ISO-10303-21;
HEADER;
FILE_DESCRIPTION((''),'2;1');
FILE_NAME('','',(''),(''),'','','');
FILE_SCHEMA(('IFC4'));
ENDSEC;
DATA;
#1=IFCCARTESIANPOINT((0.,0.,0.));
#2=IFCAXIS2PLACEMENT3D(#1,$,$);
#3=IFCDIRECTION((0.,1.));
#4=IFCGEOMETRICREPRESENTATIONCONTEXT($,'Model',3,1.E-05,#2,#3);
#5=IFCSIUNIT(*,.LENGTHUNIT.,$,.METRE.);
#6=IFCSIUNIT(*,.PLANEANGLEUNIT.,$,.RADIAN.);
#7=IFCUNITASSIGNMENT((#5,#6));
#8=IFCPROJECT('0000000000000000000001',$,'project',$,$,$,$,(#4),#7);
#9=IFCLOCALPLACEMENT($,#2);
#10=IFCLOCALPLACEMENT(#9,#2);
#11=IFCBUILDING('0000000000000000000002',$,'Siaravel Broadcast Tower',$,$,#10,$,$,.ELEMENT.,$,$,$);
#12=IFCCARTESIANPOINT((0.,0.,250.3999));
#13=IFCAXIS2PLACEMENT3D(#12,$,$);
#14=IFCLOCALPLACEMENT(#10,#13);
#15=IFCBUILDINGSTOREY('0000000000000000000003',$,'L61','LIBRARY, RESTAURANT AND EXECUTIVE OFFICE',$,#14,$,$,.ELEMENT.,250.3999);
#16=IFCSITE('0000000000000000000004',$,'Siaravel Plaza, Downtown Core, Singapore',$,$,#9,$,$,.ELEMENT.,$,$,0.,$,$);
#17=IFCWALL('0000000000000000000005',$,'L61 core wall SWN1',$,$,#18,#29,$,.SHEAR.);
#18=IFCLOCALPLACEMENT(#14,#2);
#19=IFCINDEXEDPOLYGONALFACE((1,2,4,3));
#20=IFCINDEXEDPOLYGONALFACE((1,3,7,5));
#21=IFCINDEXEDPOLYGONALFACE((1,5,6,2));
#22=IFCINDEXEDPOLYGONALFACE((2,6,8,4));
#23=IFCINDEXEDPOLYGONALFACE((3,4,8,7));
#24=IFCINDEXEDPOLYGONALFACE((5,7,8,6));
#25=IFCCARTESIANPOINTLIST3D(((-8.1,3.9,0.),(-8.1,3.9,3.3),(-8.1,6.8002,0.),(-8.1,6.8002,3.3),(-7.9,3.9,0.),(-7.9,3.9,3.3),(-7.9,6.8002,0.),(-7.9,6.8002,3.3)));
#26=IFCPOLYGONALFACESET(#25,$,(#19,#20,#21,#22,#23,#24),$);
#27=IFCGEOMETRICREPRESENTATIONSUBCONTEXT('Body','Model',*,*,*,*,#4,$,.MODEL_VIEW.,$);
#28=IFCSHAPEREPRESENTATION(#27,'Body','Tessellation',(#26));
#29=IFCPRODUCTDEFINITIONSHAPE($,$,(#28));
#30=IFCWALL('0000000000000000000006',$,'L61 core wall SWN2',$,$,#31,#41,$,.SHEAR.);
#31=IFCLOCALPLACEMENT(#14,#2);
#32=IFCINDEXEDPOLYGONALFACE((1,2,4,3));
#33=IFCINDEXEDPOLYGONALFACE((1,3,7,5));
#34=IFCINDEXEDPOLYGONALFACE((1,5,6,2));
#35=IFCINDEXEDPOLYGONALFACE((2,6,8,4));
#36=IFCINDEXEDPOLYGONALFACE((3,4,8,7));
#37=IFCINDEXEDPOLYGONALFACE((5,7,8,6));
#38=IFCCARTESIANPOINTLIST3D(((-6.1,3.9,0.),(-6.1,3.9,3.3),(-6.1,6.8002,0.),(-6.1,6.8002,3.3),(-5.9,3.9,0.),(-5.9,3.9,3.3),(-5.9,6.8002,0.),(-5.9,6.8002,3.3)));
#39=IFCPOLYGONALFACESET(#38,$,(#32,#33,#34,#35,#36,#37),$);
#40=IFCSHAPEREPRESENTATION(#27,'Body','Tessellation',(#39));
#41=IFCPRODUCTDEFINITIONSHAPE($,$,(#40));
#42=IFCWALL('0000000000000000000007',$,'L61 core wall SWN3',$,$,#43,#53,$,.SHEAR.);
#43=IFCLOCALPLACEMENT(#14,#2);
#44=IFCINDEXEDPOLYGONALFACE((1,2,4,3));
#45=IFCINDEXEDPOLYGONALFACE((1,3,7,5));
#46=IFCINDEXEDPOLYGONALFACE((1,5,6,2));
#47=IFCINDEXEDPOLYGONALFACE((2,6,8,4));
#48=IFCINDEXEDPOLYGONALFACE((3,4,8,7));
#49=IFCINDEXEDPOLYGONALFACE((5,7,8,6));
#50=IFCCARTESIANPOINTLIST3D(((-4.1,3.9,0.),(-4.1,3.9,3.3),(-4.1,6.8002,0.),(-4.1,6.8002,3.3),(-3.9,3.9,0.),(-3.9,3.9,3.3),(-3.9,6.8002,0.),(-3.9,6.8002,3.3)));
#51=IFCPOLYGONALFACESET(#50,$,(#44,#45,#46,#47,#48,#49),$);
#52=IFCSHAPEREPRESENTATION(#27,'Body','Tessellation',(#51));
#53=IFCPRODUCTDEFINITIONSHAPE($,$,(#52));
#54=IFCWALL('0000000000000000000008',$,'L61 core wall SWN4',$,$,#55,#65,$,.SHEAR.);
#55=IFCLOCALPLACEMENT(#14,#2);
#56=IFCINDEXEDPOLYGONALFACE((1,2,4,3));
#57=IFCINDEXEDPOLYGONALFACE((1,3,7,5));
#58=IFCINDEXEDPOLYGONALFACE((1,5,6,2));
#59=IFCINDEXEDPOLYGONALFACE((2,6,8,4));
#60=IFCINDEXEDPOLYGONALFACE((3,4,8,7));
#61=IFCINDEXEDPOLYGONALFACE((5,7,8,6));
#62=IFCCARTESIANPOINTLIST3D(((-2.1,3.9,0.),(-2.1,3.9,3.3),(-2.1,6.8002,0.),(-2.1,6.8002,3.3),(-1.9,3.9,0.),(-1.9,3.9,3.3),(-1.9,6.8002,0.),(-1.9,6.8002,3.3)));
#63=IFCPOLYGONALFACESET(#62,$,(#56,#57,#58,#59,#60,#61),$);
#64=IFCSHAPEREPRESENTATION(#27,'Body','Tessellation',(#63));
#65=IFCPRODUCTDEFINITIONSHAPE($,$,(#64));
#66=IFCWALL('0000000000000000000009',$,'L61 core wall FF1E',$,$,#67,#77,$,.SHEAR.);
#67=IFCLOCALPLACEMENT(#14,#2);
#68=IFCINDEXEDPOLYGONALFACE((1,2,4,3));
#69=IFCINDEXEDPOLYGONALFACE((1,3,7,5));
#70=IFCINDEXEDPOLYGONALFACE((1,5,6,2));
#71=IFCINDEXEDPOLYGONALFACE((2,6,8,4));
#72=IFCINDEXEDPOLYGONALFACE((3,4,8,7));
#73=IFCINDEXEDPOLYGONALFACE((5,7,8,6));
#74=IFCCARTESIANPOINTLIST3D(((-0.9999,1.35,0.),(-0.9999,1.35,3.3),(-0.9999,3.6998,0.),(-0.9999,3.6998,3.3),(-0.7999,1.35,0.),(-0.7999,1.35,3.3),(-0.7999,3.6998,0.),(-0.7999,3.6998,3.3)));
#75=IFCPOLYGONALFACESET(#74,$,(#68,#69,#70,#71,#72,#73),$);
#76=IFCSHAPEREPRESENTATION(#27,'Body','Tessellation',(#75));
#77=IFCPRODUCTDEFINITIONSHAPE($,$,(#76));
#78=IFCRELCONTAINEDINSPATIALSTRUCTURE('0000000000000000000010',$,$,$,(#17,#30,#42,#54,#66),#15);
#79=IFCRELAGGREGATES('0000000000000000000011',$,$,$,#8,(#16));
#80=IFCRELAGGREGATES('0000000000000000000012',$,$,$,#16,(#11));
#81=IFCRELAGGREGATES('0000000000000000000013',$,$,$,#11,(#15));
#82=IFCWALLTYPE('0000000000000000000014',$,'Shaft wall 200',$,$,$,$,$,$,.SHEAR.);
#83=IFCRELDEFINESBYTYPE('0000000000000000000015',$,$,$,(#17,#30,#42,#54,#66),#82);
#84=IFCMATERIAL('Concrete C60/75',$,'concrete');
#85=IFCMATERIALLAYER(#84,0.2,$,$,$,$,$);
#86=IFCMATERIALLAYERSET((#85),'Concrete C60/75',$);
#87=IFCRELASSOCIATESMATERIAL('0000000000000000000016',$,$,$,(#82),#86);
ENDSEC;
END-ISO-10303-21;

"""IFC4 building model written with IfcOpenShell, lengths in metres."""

from ifc_helpers import new_model, si_unit, direction, frame, frame_2d, origin, place, context, subcontext, project, spatial, rectangle, extrude, material, layer, layer_set, type_object, element, save


model = new_model("IFC4")

# Units and contexts
model_context = context("Model", 3, precision=1e-05, world=origin(), true_north=direction((0.0, 1.0)))
body_context = subcontext(model_context, "Body", "Model", "MODEL_VIEW")
ifc_project = project(units=[si_unit("LENGTHUNIT", "METRE"), si_unit("PLANEANGLEUNIT", "RADIAN")], contexts=[model_context])

# Site, building, storey
site_placement = place(None, origin())
site = spatial("IfcSite", under=ifc_project, at=site_placement, Name="Siaravel Plaza, Downtown Core, Singapore", CompositionType="ELEMENT", RefElevation=0.0)
building_placement = place(site_placement, origin())
building = spatial("IfcBuilding", under=site, at=building_placement, Name="Siaravel Broadcast Tower", CompositionType="ELEMENT")
storey_placement = place(building_placement, frame((0.0, 0.0, 250.3999)))
storey = spatial("IfcBuildingStorey", under=building, at=storey_placement, Name="L61", Description="LIBRARY, RESTAURANT AND EXECUTIVE OFFICE", CompositionType="ELEMENT", Elevation=250.3999)

# Shared definitions
ifc_material_1 = material(Name="Concrete C60/75", Category="concrete")

# Walls
ifc_layer_1 = layer(ifc_material_1, 0.2)
ifc_layer_set_1 = layer_set([ifc_layer_1], Name="Concrete C60/75")
wall_type_1 = type_object("IfcWallType", Name="Shaft wall 200", PredefinedType="SHEAR", material=ifc_layer_set_1)
for number, where, z_axis, x_axis, name in (
    (1, (-8.0, 3.8999, 0.0), (0.0, 0.0, 1.0), (0.0, 1.0, 0.0), "L61 core wall SWN1"),
    (2, (-6.0, 3.8999, 0.0), (0.0, 0.0, 1.0), (0.0, 1.0, 0.0), "L61 core wall SWN2"),
    (3, (-4.0, 3.8999, 0.0), (0.0, 0.0, 1.0), (0.0, 1.0, 0.0), "L61 core wall SWN3"),
    (4, (-2.0, 3.8999, 0.0), (0.0, 0.0, 1.0), (0.0, 1.0, 0.0), "L61 core wall SWN4"),
):
    element("IfcWall", number, at=place(storey_placement, frame(where, z_axis=z_axis, x_axis=x_axis)), inside=storey, type_object=wall_type_1, Name=name, PredefinedType="SHEAR", context=body_context, shape_type="SweptSolid", body=[
        extrude(rectangle(XDim=2.9001, YDim=0.2, at=frame_2d((1.4502, 0.0))), origin(), (0.0, 0.0, 1.0), 3.3),
    ])
wall_1_placement = place(storey_placement, frame((-0.8999, 1.3501, 0.0), z_axis=(0.0, 0.0, 1.0), x_axis=(0.0, 1.0, 0.0)))
element("IfcWall", 5, at=wall_1_placement, inside=storey, type_object=wall_type_1, Name="L61 core wall FF1E", PredefinedType="SHEAR", context=body_context, shape_type="SweptSolid", body=[
    extrude(rectangle(XDim=2.3499, YDim=0.2, at=frame_2d((1.1748, 0.0))), origin(), (0.0, 0.0, 1.0), 3.3),
])

save(model, "model.ifc")
